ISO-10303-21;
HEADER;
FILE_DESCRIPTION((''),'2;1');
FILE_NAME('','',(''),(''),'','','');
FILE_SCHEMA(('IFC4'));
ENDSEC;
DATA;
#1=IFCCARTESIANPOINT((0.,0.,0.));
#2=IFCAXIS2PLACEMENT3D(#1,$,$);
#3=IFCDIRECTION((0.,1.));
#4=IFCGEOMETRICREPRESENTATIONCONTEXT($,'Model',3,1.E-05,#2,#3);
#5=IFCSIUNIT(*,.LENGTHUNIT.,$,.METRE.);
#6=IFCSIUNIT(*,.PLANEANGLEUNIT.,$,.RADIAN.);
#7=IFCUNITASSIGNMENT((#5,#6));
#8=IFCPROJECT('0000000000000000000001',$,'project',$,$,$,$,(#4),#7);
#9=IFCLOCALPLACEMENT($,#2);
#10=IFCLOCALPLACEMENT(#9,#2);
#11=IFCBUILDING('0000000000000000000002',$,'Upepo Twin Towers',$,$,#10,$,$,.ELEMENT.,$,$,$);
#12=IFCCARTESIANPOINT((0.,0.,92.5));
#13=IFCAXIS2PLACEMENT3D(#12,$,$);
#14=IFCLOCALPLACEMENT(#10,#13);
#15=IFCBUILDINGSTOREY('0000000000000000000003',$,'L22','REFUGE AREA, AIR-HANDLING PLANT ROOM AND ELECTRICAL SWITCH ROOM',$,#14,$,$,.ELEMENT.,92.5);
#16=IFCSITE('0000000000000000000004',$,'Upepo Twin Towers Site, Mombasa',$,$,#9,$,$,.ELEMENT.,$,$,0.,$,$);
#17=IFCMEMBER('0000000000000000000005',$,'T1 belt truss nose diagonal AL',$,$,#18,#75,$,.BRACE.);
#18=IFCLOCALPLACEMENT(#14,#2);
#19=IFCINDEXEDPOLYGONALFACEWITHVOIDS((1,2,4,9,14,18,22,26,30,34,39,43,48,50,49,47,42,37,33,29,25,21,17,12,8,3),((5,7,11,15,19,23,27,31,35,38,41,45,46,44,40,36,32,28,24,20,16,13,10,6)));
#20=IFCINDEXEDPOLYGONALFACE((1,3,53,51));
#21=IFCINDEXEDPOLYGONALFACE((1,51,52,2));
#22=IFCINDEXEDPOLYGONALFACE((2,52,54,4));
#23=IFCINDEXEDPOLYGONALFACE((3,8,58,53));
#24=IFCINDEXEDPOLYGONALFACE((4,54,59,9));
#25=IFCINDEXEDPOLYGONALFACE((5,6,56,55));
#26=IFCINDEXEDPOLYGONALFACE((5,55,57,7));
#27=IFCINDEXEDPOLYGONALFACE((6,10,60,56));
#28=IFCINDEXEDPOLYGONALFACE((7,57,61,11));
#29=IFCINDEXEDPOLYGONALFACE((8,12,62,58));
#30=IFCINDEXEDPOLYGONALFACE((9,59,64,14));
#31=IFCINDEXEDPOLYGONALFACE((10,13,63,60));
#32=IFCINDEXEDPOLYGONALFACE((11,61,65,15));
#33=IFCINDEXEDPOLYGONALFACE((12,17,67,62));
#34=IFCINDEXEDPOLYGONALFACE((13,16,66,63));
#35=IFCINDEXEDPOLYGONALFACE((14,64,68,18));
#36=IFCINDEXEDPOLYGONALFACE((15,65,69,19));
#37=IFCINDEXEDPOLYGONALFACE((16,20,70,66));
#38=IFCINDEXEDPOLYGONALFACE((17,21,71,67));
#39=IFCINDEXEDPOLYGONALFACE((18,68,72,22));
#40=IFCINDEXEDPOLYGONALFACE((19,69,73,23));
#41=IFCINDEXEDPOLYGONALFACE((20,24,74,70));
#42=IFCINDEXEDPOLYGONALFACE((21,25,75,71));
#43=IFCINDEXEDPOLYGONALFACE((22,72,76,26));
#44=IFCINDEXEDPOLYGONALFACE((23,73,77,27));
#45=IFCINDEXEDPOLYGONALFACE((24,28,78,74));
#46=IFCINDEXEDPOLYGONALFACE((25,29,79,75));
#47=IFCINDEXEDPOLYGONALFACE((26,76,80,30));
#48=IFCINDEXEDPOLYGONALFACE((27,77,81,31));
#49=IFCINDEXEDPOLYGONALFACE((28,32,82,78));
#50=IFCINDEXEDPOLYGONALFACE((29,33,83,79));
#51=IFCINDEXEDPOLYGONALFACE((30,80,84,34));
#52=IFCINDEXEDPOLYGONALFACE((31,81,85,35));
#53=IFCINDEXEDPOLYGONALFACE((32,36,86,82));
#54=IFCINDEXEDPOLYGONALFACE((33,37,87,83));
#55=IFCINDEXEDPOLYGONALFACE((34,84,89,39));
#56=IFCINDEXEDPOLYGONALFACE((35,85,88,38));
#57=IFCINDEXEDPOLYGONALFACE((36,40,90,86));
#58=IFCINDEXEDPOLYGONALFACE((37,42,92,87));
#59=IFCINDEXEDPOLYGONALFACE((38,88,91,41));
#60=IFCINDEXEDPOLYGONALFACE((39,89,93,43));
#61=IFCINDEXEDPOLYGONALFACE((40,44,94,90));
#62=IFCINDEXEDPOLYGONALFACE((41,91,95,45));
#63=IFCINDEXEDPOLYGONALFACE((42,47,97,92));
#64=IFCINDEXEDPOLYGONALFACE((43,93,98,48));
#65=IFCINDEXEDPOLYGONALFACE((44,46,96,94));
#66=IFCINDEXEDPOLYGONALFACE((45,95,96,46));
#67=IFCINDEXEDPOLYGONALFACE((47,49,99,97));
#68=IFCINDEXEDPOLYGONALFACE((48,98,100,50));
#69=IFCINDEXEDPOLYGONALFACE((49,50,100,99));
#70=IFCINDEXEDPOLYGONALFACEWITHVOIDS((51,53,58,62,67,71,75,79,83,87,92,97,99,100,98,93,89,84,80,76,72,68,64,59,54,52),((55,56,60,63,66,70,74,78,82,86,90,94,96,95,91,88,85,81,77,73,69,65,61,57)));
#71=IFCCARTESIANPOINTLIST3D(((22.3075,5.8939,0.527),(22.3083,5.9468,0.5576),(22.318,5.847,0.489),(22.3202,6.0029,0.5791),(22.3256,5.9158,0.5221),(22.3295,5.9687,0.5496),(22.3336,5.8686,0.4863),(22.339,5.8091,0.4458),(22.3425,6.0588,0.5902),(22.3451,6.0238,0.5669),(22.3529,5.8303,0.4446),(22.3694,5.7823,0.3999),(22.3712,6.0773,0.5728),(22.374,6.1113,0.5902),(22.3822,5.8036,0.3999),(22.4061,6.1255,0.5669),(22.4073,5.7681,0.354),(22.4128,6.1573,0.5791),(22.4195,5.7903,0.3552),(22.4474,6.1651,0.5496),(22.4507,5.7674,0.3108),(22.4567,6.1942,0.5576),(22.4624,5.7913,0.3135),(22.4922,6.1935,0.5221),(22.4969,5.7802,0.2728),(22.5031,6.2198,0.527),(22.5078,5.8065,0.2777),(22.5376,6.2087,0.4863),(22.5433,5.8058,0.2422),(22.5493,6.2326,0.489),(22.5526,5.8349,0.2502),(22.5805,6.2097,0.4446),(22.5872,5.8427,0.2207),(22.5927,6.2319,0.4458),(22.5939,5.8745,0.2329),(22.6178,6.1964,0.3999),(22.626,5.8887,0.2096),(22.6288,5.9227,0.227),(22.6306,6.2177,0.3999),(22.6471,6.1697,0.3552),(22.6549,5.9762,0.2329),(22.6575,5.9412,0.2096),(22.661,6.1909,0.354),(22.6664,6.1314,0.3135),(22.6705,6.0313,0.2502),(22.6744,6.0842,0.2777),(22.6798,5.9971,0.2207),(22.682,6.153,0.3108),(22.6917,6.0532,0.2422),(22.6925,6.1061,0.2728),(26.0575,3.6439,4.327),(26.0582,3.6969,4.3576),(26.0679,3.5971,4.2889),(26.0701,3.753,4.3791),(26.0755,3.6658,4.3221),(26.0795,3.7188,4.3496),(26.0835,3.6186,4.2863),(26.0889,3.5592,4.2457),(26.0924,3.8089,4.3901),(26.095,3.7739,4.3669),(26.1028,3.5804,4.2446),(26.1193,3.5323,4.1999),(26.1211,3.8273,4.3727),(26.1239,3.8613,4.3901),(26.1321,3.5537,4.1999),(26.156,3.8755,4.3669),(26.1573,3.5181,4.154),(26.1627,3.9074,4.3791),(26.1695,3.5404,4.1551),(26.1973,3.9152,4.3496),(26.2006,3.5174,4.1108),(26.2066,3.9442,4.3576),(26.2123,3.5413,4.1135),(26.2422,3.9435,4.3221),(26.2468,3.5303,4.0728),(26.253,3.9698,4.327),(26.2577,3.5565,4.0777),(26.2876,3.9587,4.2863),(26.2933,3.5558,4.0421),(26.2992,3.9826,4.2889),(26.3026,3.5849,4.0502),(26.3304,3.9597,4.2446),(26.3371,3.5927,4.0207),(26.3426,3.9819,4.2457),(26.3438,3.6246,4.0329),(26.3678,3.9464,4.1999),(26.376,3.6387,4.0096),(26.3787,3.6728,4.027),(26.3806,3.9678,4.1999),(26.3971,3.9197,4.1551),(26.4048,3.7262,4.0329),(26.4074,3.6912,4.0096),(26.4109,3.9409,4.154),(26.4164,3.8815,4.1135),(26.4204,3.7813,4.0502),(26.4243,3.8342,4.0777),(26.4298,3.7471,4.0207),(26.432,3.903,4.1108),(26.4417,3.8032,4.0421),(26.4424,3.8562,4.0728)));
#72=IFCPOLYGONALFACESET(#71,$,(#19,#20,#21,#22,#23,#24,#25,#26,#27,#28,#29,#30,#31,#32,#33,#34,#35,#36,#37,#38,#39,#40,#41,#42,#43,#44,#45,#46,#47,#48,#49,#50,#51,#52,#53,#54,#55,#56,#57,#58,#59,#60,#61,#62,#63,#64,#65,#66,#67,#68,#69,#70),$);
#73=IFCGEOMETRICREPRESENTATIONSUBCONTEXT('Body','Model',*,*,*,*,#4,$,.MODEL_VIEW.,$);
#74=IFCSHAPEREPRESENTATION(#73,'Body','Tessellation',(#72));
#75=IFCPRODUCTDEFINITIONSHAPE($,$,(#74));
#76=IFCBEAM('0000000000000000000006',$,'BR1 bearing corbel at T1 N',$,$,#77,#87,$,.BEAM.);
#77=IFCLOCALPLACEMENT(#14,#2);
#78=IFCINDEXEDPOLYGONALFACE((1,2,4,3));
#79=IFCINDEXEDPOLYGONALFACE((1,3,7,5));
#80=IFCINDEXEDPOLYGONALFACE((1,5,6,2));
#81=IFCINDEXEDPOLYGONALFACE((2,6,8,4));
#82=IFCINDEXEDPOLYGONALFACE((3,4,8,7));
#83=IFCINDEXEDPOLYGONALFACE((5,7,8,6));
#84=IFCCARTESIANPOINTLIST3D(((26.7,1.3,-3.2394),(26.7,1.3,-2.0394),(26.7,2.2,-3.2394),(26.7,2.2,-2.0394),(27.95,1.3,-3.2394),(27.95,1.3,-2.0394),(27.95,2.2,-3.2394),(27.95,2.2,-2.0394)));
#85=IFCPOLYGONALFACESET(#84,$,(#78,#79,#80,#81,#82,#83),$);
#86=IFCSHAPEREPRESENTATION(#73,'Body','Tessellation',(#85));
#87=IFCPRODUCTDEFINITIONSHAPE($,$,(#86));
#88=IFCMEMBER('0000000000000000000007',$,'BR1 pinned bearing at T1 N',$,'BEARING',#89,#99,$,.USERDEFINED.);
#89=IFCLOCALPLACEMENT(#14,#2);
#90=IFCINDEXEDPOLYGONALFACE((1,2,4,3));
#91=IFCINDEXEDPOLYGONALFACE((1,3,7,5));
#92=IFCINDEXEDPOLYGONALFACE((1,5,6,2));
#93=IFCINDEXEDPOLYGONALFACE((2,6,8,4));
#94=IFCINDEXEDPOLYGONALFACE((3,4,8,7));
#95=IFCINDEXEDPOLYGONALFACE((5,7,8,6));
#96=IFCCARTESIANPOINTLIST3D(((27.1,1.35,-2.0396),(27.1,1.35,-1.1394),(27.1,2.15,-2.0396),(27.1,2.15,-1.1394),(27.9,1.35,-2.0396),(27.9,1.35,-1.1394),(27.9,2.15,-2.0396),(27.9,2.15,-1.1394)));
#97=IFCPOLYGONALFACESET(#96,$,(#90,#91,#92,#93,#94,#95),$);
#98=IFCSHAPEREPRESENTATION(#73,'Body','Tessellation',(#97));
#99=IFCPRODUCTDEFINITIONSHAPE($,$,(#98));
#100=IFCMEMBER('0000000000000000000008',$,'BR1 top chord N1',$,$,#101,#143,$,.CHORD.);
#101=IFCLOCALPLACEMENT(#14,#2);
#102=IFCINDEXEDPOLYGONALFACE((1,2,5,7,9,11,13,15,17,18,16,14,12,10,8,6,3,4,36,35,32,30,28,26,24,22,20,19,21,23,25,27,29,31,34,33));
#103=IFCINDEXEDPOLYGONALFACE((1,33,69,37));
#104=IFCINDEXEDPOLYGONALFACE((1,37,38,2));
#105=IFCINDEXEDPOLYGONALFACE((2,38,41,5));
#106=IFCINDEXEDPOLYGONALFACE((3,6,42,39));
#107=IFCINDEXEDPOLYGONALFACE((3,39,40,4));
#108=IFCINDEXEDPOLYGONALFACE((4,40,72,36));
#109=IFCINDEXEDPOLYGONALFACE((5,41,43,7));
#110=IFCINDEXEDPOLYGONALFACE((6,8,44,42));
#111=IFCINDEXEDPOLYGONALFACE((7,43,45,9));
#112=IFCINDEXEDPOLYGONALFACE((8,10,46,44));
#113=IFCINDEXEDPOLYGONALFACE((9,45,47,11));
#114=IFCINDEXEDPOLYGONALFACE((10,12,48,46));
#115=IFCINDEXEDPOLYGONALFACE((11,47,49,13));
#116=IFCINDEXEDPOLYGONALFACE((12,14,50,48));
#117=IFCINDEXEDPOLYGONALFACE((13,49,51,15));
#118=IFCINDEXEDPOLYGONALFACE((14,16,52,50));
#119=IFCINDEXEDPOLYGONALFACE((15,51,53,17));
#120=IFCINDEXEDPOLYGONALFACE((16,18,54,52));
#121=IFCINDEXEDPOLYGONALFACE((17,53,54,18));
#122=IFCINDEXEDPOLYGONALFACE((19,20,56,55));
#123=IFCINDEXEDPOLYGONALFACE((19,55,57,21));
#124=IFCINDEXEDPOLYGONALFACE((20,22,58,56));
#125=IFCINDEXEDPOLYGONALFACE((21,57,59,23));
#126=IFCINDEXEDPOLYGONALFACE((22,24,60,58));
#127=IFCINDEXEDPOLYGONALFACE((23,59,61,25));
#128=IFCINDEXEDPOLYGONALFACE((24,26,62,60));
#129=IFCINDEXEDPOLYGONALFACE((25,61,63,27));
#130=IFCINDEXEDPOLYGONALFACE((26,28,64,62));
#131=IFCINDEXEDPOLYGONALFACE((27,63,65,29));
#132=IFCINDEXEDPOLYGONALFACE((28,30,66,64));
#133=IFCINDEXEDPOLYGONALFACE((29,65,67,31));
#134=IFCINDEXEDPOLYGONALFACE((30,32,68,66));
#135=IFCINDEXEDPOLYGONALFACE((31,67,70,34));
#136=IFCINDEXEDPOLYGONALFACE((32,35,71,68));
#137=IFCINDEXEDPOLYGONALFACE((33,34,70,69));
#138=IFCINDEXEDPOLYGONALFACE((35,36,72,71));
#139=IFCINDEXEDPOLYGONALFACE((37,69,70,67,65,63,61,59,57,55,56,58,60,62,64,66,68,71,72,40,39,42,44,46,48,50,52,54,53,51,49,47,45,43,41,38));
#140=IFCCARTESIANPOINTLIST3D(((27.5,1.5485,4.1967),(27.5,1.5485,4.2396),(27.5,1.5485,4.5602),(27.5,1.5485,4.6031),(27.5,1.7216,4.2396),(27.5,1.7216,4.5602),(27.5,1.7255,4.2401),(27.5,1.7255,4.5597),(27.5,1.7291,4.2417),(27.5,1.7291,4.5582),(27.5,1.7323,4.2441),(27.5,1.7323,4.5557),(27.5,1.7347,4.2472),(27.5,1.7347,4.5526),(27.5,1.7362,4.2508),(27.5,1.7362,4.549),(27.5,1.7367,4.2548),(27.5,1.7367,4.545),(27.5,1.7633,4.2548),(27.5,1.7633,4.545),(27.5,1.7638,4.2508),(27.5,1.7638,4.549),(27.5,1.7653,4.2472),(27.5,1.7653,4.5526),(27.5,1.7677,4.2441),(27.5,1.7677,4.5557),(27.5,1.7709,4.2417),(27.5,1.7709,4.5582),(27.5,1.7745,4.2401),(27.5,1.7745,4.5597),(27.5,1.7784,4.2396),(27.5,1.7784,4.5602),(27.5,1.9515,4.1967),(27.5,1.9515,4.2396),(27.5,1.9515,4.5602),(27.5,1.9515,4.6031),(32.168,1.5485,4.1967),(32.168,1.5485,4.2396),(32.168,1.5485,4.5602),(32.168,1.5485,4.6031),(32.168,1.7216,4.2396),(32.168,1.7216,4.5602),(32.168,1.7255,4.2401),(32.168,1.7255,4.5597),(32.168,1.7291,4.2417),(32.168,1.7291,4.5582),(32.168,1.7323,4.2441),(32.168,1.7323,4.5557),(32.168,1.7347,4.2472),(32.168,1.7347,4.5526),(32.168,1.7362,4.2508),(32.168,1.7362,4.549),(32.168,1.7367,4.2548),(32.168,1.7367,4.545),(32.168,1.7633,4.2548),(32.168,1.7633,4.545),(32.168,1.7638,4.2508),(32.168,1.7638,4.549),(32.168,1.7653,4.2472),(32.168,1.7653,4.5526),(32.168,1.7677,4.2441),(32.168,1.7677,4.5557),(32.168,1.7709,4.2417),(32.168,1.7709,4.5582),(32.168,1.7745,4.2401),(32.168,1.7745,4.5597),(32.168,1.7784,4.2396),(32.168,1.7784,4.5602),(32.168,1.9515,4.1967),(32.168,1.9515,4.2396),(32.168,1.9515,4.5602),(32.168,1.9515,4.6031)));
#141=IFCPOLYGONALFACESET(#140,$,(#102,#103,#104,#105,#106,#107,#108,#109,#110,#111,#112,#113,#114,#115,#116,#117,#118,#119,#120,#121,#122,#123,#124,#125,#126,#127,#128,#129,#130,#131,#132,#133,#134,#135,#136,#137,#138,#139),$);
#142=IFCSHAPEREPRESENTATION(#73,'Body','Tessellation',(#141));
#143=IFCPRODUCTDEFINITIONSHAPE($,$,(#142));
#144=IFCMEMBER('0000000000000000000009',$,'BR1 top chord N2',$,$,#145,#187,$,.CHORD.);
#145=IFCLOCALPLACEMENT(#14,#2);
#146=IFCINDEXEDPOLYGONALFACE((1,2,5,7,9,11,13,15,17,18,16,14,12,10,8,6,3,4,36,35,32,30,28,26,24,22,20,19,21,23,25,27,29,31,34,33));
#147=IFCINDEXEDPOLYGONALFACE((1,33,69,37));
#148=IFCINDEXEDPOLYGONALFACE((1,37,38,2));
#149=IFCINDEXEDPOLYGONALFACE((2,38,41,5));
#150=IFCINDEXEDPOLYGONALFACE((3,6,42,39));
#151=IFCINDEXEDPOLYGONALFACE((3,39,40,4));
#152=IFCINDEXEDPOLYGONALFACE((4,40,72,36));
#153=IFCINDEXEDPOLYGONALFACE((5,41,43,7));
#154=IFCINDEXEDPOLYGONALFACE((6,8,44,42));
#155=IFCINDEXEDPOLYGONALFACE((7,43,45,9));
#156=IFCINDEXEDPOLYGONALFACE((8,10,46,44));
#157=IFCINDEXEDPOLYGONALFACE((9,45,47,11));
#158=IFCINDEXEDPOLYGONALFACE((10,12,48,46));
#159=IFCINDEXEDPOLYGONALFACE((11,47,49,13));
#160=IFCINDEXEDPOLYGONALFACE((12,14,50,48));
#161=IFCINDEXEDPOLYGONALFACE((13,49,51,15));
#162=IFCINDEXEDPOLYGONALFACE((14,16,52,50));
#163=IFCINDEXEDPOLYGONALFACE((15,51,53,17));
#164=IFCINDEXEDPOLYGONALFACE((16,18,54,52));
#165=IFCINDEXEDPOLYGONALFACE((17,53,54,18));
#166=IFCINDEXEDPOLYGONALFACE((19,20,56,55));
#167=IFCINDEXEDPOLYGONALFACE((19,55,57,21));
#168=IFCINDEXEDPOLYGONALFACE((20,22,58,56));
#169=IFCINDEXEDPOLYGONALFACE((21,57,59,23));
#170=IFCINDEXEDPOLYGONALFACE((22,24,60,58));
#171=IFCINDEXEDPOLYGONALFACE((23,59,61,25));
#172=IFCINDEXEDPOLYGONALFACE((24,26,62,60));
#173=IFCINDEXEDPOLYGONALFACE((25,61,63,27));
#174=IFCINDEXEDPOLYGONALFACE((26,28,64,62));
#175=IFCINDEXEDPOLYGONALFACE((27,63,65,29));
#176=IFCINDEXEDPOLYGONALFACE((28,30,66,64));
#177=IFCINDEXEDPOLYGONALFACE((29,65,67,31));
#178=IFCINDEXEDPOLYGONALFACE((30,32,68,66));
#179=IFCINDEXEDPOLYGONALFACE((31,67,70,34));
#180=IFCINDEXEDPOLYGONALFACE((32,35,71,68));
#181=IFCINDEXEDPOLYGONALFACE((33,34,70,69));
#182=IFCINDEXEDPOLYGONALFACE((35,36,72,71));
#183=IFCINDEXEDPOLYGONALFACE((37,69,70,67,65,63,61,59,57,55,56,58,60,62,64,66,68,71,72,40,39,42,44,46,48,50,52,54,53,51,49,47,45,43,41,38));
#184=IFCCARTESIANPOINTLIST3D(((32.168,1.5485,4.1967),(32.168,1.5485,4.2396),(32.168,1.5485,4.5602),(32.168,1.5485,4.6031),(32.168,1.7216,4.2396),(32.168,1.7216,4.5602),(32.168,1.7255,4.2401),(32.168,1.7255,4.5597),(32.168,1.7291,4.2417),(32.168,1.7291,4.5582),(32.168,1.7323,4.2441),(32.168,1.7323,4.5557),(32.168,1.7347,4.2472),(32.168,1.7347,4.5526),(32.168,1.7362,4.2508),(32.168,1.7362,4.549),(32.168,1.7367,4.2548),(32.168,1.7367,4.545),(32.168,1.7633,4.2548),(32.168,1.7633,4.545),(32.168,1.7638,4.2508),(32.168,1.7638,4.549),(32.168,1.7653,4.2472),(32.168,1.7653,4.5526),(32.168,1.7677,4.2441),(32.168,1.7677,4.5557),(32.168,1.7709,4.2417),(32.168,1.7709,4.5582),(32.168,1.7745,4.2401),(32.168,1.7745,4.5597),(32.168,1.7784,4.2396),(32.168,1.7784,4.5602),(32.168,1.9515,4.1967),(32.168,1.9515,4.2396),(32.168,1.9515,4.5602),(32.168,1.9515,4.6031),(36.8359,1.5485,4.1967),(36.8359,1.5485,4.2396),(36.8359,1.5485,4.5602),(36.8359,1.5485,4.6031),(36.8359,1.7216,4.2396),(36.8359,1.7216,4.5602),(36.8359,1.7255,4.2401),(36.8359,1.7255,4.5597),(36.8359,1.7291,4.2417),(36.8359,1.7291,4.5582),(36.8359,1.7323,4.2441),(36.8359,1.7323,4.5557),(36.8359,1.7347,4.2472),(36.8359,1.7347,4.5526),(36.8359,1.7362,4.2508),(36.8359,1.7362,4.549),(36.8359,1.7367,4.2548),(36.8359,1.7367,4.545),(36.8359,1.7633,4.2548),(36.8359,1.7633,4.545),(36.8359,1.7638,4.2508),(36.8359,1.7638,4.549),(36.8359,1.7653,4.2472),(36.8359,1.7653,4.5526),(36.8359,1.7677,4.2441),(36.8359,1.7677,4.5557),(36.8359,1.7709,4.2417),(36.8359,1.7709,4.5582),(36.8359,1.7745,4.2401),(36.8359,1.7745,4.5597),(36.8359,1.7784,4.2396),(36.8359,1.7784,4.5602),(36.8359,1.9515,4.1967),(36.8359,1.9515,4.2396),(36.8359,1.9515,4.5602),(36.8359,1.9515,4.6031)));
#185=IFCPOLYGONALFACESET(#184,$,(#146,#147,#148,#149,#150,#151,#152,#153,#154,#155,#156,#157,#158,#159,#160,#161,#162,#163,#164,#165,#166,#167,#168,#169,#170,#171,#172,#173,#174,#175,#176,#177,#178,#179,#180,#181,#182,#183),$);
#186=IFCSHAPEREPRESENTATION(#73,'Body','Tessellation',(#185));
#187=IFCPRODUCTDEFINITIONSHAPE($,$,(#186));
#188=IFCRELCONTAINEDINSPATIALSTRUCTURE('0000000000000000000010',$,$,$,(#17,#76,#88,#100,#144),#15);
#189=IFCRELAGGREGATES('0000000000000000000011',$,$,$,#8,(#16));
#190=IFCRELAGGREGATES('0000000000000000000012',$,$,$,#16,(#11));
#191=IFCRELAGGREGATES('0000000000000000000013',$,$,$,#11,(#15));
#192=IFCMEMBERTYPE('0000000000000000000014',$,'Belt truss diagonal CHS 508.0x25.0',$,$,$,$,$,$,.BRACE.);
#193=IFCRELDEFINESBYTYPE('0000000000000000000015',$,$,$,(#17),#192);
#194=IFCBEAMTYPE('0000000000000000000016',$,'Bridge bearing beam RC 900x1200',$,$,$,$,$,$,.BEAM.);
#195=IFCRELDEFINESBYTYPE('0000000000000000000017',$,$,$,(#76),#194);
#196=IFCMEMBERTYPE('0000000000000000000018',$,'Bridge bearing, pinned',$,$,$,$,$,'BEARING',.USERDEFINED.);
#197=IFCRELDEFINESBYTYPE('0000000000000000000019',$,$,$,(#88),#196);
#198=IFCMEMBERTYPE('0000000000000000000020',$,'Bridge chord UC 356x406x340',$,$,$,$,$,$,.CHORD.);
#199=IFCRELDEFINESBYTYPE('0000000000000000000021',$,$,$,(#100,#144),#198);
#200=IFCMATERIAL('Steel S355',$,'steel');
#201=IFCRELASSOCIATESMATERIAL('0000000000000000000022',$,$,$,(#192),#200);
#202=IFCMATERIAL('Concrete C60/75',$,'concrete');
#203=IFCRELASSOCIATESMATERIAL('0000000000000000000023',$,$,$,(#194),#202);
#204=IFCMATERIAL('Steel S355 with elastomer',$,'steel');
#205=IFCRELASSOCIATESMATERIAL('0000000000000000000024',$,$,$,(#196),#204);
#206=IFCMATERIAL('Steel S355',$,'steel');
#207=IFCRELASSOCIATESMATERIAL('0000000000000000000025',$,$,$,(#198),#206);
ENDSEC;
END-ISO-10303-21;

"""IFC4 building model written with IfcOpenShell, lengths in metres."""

from ifc_helpers import new_model, si_unit, direction, frame, origin, origin_2d, place, context, subcontext, project, spatial, rectangle, hollow_circle, i_section, extrude, material, material_profile, profile_set, type_object, element, save


model = new_model("IFC4")

# Units and contexts
model_context = context("Model", 3, precision=1e-05, world=origin(), true_north=direction((0.0, 1.0)))
body_context = subcontext(model_context, "Body", "Model", "MODEL_VIEW")
ifc_project = project(units=[si_unit("LENGTHUNIT", "METRE"), si_unit("PLANEANGLEUNIT", "RADIAN")], contexts=[model_context])

# Site, building, storey
site_placement = place(None, origin())
site = spatial("IfcSite", under=ifc_project, at=site_placement, Name="Upepo Twin Towers Site, Mombasa", CompositionType="ELEMENT", RefElevation=0.0)
building_placement = place(site_placement, origin())
building = spatial("IfcBuilding", under=site, at=building_placement, Name="Upepo Twin Towers", CompositionType="ELEMENT")
storey_placement = place(building_placement, frame((0.0, 0.0, 92.5)))
storey = spatial("IfcBuildingStorey", under=building, at=storey_placement, Name="L22", Description="REFUGE AREA, AIR-HANDLING PLANT ROOM AND ELECTRICAL SWITCH ROOM", CompositionType="ELEMENT", Elevation=92.5)

# Member
ifc_material_1 = material(Name="Steel S355", Category="steel")
ifc_material_profile_1 = material_profile(ifc_material_1, hollow_circle(Radius=0.2539, WallThickness=0.0249, at=origin_2d()), Name="CHS 508.0x25.0")
ifc_profile_set_1 = profile_set([ifc_material_profile_1], Name="Steel S355")
member_type_1 = type_object("IfcMemberType", Name="Belt truss diagonal CHS 508.0x25.0", PredefinedType="BRACE", material=ifc_profile_set_1)
member_1_placement = place(storey_placement, frame((22.5, 6.0, 0.3999), z_axis=(0.64727, -0.388362, 0.655909), x_axis=(0.514496, 0.857493, 0.0)))
element("IfcMember", 1, at=member_1_placement, inside=storey, type_object=member_type_1, Name="T1 belt truss nose diagonal AL", PredefinedType="BRACE", context=body_context, shape_type="SweptSolid", body=[
    extrude(hollow_circle(Radius=0.2539, WallThickness=0.0249, at=origin_2d()), origin(), (0.0, 0.0, 1.0), 5.7935),
])

# Beam
ifc_material_2 = material(Name="Concrete C60/75", Category="concrete")
ifc_material_profile_2 = material_profile(ifc_material_2, rectangle(XDim=0.8999, YDim=1.2, at=origin_2d()), Name="RC 900x1200")
ifc_profile_set_2 = profile_set([ifc_material_profile_2], Name="Concrete C60/75")
beam_type_1 = type_object("IfcBeamType", Name="Bridge bearing beam RC 900x1200", PredefinedType="BEAM", material=ifc_profile_set_2)
beam_1_placement = place(storey_placement, frame((26.7, 1.75, -2.6394), z_axis=(1.0, 0.0, 0.0), x_axis=(0.0, 1.0, 0.0)))
element("IfcBeam", 2, at=beam_1_placement, inside=storey, type_object=beam_type_1, Name="BR1 bearing corbel at T1 N", PredefinedType="BEAM", context=body_context, shape_type="SweptSolid", body=[
    extrude(rectangle(XDim=0.8999, YDim=1.2, at=origin_2d()), origin(), (0.0, 0.0, 1.0), 1.25),
])

# Members
ifc_material_3 = material(Name="Steel S355 with elastomer", Category="steel")
ifc_material_profile_3 = material_profile(ifc_material_3, rectangle(XDim=0.8, YDim=0.8, at=origin_2d()), Name="BEARING 800x800 PINNED")
ifc_profile_set_3 = profile_set([ifc_material_profile_3], Name="Steel S355 with elastomer")
member_type_2 = type_object("IfcMemberType", Name="Bridge bearing, pinned", ElementType="BEARING", PredefinedType="USERDEFINED", material=ifc_profile_set_3)
member_2_placement = place(storey_placement, frame((27.5, 1.75, -2.0396), z_axis=(0.0, 0.0, 1.0), x_axis=(1.0, 0.0, 0.0)))
element("IfcMember", 3, at=member_2_placement, inside=storey, type_object=member_type_2, Name="BR1 pinned bearing at T1 N", ObjectType="BEARING", PredefinedType="USERDEFINED", context=body_context, shape_type="SweptSolid", body=[
    extrude(rectangle(XDim=0.8, YDim=0.8, at=origin_2d()), origin(), (0.0, 0.0, 1.0), 0.9001),
])
ifc_material_4 = material(Name="Steel S355", Category="steel")
ifc_material_profile_4 = material_profile(ifc_material_4, i_section(OverallWidth=0.4031, OverallDepth=0.4065, WebThickness=0.0266, FlangeThickness=0.043, FilletRadius=0.0151, at=origin_2d()), Name="UC 356x406x340")
ifc_profile_set_4 = profile_set([ifc_material_profile_4], Name="Steel S355")
member_type_3 = type_object("IfcMemberType", Name="Bridge chord UC 356x406x340", PredefinedType="CHORD", material=ifc_profile_set_4)
for number, where, z_axis, x_axis, name in (
    (4, (27.5, 1.75, 4.3999), (1.0, 0.0, 0.0), (0.0, 1.0, 0.0), "BR1 top chord N1"),
    (5, (32.168, 1.75, 4.3999), (1.0, 0.0, 0.0), (0.0, 1.0, 0.0), "BR1 top chord N2"),
):
    element("IfcMember", number, at=place(storey_placement, frame(where, z_axis=z_axis, x_axis=x_axis)), inside=storey, type_object=member_type_3, Name=name, PredefinedType="CHORD", context=body_context, shape_type="SweptSolid", body=[
        extrude(i_section(OverallWidth=0.4031, OverallDepth=0.4065, WebThickness=0.0266, FlangeThickness=0.043, FilletRadius=0.0151, at=origin_2d()), origin(), (0.0, 0.0, 1.0), 4.668),
    ])

save(model, "model.ifc")
